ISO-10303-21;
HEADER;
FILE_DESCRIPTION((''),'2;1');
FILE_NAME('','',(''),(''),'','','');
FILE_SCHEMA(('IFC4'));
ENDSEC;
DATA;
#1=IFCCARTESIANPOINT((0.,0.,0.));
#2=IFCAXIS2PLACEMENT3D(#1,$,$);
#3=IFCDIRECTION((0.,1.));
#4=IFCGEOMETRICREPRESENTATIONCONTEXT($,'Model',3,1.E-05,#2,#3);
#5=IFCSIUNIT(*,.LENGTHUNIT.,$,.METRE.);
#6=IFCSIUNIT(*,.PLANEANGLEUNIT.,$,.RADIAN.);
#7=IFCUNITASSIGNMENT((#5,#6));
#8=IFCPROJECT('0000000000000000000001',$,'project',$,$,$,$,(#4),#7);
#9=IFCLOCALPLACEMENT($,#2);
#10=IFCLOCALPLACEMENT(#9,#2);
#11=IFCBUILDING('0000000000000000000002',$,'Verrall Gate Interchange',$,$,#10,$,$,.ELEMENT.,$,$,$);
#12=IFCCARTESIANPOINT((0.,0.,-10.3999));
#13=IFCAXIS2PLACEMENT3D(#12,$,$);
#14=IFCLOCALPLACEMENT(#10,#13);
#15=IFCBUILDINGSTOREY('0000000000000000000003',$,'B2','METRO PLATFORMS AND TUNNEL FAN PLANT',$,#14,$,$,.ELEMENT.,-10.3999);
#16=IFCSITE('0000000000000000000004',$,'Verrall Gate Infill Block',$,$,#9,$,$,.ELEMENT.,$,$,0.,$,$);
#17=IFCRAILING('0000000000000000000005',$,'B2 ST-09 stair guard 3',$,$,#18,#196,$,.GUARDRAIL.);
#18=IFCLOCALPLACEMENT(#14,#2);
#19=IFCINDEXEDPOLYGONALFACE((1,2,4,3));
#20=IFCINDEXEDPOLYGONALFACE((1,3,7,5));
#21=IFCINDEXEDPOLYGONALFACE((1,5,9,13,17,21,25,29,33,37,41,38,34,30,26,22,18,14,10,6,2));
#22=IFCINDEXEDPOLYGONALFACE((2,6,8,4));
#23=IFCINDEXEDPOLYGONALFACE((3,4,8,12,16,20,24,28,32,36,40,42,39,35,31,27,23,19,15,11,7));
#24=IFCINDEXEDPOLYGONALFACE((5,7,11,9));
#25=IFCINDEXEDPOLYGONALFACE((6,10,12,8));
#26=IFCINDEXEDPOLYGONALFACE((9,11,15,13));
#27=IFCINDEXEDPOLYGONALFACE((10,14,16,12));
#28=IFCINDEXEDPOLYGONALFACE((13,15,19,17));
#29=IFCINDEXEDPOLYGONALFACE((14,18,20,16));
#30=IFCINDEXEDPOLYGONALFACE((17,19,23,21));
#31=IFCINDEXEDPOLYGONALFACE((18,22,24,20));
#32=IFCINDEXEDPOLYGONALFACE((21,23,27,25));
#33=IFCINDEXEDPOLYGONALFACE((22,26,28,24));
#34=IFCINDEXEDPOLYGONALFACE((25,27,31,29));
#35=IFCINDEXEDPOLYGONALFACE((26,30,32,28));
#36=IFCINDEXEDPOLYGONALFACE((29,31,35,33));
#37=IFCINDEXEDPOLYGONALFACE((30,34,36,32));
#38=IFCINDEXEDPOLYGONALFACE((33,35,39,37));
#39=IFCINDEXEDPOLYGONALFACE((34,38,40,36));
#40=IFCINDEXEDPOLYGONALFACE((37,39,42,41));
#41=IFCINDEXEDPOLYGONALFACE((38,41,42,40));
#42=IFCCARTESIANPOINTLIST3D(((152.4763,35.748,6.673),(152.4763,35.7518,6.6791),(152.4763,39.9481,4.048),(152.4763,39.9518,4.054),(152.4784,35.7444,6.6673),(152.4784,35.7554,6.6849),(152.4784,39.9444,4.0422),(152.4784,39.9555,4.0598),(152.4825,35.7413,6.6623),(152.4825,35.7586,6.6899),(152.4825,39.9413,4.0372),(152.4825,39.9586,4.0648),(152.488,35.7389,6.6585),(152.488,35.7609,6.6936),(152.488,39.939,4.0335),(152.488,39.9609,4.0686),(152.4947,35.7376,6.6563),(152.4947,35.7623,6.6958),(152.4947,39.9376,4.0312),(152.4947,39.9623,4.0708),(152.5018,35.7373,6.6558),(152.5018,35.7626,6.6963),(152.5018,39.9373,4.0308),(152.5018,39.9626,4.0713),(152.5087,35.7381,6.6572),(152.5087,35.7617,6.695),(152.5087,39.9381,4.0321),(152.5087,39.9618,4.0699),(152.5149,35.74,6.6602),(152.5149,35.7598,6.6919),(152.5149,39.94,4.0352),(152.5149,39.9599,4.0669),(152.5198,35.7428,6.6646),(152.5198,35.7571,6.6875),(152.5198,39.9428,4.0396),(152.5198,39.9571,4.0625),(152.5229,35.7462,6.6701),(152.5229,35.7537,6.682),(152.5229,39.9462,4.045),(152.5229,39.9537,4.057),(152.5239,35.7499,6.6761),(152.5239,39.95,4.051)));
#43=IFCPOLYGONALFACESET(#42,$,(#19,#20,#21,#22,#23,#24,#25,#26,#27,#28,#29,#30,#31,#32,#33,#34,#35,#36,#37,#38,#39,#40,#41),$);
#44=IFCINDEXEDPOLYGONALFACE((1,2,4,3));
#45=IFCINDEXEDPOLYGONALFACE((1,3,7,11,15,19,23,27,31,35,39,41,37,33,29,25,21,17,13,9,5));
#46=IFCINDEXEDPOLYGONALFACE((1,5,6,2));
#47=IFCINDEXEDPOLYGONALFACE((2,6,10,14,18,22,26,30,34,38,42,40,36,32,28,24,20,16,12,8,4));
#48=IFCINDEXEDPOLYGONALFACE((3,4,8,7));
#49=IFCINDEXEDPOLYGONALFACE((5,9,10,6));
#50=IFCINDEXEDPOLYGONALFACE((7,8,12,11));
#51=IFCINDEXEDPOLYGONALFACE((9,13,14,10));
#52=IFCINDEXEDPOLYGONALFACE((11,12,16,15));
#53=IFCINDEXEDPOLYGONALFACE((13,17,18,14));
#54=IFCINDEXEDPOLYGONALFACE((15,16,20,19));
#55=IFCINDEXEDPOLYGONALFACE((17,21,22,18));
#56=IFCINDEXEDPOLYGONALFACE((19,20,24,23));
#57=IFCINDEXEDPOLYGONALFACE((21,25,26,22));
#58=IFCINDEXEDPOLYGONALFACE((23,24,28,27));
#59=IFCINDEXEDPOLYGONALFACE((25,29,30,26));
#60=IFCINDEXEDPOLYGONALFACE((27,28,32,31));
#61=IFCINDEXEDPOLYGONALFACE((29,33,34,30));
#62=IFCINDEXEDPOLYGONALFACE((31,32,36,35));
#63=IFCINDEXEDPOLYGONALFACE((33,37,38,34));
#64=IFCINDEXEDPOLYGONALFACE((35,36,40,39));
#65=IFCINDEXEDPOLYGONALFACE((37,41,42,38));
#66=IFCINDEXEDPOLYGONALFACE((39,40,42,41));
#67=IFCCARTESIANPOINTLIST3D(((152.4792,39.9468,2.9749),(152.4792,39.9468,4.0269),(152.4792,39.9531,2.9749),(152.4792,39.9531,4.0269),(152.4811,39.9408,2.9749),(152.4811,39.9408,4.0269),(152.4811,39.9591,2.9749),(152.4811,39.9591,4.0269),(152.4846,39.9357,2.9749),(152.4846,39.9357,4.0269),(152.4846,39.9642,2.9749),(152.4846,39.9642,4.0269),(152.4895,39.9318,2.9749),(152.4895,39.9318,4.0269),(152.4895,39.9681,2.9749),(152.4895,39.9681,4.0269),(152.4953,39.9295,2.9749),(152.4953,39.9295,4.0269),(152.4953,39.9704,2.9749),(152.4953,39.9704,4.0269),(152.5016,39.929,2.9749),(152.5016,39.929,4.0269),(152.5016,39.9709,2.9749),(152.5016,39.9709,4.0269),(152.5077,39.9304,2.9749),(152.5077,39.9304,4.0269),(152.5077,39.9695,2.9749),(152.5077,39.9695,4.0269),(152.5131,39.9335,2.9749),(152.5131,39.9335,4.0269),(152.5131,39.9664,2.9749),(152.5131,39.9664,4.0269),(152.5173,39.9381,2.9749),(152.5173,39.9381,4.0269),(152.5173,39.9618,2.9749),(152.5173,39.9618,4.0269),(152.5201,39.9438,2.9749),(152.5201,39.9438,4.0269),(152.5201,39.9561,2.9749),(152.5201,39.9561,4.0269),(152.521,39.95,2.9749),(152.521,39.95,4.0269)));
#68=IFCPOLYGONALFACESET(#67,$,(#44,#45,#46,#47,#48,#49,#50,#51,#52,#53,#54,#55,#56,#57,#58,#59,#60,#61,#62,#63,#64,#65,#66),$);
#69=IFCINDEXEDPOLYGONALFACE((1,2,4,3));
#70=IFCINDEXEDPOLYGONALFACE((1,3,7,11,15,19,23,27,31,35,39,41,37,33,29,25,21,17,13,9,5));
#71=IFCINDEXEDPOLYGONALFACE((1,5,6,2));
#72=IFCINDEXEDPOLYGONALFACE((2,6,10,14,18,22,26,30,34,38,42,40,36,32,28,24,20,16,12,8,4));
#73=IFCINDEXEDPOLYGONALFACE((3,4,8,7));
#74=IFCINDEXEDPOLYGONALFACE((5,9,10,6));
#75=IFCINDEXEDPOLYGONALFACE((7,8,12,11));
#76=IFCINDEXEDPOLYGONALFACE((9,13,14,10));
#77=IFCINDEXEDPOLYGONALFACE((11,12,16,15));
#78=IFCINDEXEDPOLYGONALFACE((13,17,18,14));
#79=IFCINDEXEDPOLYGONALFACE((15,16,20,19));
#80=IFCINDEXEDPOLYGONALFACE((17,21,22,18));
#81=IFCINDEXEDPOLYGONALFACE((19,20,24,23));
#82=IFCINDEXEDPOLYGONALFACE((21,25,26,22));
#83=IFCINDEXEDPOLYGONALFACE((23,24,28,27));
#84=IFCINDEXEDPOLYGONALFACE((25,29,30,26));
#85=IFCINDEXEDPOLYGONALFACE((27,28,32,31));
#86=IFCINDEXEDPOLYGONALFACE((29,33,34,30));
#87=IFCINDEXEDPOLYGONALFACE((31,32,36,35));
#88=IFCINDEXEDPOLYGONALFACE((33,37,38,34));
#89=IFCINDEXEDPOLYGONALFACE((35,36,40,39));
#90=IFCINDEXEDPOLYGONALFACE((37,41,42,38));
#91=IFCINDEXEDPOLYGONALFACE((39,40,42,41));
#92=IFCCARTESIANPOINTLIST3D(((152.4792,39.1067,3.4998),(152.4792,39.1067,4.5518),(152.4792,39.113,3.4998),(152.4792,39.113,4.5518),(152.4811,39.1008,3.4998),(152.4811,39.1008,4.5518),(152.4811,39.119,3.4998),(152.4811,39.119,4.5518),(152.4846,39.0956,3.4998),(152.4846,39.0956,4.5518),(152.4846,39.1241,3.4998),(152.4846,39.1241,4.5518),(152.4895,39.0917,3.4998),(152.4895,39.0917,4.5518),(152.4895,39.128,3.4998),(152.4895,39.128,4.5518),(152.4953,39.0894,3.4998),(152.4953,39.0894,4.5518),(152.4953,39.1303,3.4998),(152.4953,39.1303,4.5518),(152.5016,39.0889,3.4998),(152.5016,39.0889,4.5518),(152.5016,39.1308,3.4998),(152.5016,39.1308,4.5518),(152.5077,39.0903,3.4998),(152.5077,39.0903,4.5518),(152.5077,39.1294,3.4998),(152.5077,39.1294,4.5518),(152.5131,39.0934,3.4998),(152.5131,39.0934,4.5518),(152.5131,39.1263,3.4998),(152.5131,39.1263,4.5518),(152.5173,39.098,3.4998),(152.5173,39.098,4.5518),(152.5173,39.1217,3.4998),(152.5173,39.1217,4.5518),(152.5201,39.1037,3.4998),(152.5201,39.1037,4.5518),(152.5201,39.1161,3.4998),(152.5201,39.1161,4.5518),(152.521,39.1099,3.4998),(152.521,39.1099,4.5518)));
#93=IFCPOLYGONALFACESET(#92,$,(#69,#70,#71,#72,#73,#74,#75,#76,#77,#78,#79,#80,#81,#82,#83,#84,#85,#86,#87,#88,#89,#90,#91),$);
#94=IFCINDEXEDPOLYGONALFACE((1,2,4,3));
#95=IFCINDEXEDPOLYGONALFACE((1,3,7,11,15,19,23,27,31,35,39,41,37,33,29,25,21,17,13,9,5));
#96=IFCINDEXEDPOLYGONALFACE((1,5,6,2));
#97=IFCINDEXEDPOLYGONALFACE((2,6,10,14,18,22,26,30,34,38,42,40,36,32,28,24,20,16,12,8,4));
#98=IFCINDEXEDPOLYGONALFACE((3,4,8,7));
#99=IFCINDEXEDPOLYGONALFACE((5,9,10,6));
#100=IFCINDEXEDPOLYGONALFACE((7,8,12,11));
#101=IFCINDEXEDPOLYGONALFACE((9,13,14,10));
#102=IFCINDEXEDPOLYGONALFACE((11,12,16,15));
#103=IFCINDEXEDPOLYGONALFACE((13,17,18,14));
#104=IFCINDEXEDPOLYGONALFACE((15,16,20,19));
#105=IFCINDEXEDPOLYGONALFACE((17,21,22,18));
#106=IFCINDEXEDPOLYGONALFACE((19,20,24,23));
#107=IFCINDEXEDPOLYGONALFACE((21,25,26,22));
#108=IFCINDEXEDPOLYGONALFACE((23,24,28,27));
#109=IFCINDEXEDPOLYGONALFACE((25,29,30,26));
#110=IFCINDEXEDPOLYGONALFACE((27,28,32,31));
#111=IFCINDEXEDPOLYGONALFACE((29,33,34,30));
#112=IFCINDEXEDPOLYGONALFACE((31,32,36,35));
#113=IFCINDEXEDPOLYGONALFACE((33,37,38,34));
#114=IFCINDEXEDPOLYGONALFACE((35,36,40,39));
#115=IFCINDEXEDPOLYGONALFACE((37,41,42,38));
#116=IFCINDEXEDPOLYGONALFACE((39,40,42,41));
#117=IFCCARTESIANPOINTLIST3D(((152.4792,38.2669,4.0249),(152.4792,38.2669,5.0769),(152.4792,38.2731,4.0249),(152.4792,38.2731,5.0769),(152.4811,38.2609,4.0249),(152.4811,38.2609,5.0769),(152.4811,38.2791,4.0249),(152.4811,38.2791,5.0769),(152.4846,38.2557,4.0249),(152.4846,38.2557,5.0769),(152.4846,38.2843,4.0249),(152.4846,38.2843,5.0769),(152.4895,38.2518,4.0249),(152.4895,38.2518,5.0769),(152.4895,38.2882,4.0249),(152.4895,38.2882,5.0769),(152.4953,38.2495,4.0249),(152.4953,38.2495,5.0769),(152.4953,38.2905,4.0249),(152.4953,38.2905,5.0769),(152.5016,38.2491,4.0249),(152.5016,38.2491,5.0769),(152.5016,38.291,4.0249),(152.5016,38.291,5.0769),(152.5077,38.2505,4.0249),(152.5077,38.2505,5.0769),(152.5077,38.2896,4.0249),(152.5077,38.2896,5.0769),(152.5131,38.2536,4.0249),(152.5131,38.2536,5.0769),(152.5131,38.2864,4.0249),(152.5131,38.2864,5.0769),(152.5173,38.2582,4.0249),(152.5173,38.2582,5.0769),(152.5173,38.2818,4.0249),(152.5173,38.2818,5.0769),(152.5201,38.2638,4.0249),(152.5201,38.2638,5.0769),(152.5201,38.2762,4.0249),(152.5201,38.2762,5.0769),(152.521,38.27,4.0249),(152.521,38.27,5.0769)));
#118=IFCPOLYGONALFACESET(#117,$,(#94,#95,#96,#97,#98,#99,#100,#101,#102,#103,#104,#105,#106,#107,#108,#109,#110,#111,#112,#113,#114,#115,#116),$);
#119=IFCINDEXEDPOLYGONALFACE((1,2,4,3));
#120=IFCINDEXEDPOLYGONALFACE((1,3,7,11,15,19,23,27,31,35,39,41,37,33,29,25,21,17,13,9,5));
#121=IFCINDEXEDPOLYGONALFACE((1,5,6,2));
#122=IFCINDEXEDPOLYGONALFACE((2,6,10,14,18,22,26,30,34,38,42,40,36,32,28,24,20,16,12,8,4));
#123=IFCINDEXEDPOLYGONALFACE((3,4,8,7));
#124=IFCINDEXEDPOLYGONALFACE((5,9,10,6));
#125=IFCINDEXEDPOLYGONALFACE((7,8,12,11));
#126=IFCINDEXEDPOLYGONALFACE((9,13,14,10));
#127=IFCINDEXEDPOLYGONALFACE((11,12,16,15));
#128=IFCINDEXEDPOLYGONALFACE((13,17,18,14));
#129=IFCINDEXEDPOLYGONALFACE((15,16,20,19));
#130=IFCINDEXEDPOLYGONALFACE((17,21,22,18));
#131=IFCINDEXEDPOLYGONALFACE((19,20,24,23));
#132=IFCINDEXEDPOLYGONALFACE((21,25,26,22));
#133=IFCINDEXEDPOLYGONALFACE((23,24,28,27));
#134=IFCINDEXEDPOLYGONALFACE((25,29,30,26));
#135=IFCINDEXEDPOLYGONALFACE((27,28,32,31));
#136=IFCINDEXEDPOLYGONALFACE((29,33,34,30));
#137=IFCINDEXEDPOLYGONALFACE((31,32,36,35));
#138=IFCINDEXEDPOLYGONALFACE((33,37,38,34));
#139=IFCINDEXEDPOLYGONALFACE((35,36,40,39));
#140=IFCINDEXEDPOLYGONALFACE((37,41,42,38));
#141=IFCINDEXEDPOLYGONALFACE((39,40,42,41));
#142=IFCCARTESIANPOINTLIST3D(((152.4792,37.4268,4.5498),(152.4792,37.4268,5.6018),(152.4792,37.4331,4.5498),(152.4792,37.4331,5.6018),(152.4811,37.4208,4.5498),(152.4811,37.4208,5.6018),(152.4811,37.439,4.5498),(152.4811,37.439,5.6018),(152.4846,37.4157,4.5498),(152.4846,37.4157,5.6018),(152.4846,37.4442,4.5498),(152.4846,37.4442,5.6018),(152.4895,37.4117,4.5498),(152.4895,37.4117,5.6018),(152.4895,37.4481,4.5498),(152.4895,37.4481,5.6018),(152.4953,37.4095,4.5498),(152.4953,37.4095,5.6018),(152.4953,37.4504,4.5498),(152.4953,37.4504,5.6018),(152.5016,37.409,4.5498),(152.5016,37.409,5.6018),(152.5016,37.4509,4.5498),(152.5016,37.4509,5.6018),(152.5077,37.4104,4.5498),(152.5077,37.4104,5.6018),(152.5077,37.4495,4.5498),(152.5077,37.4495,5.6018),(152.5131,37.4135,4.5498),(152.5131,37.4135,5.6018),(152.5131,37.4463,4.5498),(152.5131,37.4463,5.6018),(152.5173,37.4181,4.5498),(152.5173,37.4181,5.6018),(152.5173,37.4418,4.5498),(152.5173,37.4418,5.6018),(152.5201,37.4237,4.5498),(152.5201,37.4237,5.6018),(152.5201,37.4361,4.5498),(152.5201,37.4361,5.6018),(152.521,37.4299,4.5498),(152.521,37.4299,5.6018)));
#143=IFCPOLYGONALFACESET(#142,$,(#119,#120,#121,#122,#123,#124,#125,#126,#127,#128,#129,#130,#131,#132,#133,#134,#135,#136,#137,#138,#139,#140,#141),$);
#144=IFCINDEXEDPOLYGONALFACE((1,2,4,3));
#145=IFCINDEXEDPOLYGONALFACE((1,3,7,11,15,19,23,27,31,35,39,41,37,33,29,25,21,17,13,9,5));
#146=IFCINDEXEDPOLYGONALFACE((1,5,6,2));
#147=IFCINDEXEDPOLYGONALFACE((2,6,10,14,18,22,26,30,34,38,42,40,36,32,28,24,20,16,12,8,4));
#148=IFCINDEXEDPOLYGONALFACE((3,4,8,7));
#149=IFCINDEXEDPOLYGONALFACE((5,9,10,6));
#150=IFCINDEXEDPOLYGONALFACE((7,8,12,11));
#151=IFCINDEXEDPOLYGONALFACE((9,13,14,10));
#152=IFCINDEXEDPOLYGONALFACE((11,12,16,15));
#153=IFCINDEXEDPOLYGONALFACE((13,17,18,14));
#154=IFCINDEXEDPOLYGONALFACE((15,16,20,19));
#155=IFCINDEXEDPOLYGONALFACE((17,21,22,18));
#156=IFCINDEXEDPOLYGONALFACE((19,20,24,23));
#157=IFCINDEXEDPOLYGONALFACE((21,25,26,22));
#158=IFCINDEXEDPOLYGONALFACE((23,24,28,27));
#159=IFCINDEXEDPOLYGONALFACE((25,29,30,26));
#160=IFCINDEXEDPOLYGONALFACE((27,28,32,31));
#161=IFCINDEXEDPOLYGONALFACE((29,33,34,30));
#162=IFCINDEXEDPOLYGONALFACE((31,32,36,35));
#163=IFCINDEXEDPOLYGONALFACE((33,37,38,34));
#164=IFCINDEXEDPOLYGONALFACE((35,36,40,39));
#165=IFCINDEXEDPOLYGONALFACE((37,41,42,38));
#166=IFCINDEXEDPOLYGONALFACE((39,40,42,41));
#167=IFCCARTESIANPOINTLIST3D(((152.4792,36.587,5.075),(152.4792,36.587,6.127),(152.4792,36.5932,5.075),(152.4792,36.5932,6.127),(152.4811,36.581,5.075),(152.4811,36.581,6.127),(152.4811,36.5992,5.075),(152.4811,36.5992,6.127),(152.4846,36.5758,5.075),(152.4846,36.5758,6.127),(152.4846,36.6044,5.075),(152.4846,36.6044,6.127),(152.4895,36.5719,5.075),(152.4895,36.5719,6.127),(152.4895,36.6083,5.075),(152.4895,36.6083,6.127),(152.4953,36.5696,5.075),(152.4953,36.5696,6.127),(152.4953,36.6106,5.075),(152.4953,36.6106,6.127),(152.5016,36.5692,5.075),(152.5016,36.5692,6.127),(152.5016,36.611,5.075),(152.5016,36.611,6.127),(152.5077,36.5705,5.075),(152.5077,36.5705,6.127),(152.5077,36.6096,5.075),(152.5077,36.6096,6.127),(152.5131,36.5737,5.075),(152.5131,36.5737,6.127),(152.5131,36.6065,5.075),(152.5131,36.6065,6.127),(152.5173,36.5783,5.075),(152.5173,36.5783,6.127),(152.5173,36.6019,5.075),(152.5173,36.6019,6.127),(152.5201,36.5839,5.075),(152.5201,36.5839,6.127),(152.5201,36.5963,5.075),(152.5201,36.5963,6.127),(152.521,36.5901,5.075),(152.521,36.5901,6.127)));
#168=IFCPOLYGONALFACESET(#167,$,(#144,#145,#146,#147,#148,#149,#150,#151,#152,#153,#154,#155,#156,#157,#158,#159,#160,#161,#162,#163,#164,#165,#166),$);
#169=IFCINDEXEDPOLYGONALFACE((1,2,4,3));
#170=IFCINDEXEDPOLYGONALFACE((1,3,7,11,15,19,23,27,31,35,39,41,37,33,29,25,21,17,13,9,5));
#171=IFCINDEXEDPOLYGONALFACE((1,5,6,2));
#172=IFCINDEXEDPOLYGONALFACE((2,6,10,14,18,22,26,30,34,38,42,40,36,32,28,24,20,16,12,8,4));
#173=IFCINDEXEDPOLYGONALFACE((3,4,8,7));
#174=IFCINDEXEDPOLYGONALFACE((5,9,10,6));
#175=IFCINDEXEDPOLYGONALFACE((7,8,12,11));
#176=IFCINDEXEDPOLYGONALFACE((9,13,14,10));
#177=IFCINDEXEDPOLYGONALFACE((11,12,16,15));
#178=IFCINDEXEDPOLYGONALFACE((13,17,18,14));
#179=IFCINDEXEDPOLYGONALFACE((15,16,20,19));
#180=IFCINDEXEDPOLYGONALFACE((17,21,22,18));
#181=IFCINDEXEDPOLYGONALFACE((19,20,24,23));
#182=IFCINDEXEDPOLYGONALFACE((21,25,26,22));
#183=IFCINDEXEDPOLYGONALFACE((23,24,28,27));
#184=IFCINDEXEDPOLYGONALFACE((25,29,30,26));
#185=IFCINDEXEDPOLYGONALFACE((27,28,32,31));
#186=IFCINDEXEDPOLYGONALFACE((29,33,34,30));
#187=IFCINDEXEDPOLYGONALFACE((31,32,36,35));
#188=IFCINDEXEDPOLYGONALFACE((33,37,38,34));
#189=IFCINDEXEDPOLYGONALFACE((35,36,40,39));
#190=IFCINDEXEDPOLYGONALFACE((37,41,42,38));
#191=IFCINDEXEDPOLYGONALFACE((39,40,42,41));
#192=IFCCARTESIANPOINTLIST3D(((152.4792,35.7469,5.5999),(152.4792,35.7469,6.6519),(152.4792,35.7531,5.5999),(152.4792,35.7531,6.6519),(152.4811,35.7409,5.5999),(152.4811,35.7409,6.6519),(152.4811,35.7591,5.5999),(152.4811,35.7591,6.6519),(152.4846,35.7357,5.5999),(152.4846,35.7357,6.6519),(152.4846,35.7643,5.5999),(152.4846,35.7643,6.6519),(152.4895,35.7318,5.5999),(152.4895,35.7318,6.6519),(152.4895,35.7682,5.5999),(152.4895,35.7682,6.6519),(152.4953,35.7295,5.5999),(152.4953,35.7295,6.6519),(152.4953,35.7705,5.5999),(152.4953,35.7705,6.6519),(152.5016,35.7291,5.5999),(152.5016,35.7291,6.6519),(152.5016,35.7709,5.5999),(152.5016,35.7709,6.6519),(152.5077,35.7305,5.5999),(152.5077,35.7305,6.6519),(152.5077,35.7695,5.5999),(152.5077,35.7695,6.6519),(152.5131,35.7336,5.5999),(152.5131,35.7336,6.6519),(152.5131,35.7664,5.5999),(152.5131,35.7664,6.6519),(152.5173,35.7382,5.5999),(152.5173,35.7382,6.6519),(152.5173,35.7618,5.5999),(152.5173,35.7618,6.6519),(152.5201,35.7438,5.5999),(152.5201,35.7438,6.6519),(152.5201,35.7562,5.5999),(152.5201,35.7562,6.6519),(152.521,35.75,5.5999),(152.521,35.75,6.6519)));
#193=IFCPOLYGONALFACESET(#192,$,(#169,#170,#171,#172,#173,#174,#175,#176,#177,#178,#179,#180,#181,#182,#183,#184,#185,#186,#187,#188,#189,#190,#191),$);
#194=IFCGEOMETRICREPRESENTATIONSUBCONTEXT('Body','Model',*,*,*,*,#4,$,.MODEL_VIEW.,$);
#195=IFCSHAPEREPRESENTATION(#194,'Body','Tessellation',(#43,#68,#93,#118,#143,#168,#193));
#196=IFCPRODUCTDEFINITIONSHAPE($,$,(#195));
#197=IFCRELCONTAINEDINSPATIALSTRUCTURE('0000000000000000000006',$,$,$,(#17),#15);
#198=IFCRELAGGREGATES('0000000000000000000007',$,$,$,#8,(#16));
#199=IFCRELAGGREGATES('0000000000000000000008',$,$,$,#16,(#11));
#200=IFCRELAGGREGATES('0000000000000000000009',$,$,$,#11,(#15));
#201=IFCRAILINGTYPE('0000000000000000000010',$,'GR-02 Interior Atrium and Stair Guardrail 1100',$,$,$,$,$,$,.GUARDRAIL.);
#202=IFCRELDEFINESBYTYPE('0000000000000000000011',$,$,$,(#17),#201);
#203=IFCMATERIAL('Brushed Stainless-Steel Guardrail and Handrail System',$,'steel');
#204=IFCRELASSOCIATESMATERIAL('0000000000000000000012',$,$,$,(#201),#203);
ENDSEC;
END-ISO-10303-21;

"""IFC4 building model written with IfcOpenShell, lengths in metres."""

from ifc_helpers import new_model, si_unit, direction, frame, origin, origin_2d, place, context, subcontext, project, spatial, circle, extrude, material, type_object, element, save


model = new_model("IFC4")

# Units and contexts
model_context = context("Model", 3, precision=1e-05, world=origin(), true_north=direction((0.0, 1.0)))
body_context = subcontext(model_context, "Body", "Model", "MODEL_VIEW")
ifc_project = project(units=[si_unit("LENGTHUNIT", "METRE"), si_unit("PLANEANGLEUNIT", "RADIAN")], contexts=[model_context])

# Site, building, storey
site_placement = place(None, origin())
site = spatial("IfcSite", under=ifc_project, at=site_placement, Name="Verrall Gate Infill Block", CompositionType="ELEMENT", RefElevation=0.0)
building_placement = place(site_placement, origin())
building = spatial("IfcBuilding", under=site, at=building_placement, Name="Verrall Gate Interchange", CompositionType="ELEMENT")
storey_placement = place(building_placement, frame((0.0, 0.0, -10.3999)))
storey = spatial("IfcBuildingStorey", under=building, at=storey_placement, Name="B2", Description="METRO PLATFORMS AND TUNNEL FAN PLANT", CompositionType="ELEMENT", Elevation=-10.3999)

# Railing
ifc_material_1 = material(Name="Brushed Stainless-Steel Guardrail and Handrail System", Category="steel")
railing_type_1 = type_object("IfcRailingType", Name="GR-02 Interior Atrium and Stair Guardrail 1100", PredefinedType="GUARDRAIL", material=ifc_material_1)
railing_1_placement = place(storey_placement, frame((152.5, 39.95, 2.9749)))
element("IfcRailing", 1, at=railing_1_placement, inside=storey, type_object=railing_type_1, Name="B2 ST-09 stair guard 3", PredefinedType="GUARDRAIL", context=body_context, shape_type="SweptSolid", body=[
    extrude(circle(Radius=0.0239, at=origin_2d()), frame((0.0, 0.0, 1.0762), z_axis=(0.0, -0.847996, 0.530003), x_axis=(1.0, 0.0, 0.0)), (0.0, 0.0, 1.0), 4.9529),
    extrude(circle(Radius=0.021, at=origin_2d()), origin(), (0.0, 0.0, 1.0), 1.052),
    extrude(circle(Radius=0.021, at=origin_2d()), frame((0.0, -0.8401, 0.5249)), (0.0, 0.0, 1.0), 1.052),
    extrude(circle(Radius=0.021, at=origin_2d()), frame((0.0, -1.6799, 1.05)), (0.0, 0.0, 1.0), 1.052),
    extrude(circle(Radius=0.021, at=origin_2d()), frame((0.0, -2.52, 1.575)), (0.0, 0.0, 1.0), 1.052),
    extrude(circle(Radius=0.021, at=origin_2d()), frame((0.0, -3.3599, 2.1001)), (0.0, 0.0, 1.0), 1.052),
    extrude(circle(Radius=0.021, at=origin_2d()), frame((0.0, -4.2, 2.625)), (0.0, 0.0, 1.0), 1.052),
])

save(model, "model.ifc")
